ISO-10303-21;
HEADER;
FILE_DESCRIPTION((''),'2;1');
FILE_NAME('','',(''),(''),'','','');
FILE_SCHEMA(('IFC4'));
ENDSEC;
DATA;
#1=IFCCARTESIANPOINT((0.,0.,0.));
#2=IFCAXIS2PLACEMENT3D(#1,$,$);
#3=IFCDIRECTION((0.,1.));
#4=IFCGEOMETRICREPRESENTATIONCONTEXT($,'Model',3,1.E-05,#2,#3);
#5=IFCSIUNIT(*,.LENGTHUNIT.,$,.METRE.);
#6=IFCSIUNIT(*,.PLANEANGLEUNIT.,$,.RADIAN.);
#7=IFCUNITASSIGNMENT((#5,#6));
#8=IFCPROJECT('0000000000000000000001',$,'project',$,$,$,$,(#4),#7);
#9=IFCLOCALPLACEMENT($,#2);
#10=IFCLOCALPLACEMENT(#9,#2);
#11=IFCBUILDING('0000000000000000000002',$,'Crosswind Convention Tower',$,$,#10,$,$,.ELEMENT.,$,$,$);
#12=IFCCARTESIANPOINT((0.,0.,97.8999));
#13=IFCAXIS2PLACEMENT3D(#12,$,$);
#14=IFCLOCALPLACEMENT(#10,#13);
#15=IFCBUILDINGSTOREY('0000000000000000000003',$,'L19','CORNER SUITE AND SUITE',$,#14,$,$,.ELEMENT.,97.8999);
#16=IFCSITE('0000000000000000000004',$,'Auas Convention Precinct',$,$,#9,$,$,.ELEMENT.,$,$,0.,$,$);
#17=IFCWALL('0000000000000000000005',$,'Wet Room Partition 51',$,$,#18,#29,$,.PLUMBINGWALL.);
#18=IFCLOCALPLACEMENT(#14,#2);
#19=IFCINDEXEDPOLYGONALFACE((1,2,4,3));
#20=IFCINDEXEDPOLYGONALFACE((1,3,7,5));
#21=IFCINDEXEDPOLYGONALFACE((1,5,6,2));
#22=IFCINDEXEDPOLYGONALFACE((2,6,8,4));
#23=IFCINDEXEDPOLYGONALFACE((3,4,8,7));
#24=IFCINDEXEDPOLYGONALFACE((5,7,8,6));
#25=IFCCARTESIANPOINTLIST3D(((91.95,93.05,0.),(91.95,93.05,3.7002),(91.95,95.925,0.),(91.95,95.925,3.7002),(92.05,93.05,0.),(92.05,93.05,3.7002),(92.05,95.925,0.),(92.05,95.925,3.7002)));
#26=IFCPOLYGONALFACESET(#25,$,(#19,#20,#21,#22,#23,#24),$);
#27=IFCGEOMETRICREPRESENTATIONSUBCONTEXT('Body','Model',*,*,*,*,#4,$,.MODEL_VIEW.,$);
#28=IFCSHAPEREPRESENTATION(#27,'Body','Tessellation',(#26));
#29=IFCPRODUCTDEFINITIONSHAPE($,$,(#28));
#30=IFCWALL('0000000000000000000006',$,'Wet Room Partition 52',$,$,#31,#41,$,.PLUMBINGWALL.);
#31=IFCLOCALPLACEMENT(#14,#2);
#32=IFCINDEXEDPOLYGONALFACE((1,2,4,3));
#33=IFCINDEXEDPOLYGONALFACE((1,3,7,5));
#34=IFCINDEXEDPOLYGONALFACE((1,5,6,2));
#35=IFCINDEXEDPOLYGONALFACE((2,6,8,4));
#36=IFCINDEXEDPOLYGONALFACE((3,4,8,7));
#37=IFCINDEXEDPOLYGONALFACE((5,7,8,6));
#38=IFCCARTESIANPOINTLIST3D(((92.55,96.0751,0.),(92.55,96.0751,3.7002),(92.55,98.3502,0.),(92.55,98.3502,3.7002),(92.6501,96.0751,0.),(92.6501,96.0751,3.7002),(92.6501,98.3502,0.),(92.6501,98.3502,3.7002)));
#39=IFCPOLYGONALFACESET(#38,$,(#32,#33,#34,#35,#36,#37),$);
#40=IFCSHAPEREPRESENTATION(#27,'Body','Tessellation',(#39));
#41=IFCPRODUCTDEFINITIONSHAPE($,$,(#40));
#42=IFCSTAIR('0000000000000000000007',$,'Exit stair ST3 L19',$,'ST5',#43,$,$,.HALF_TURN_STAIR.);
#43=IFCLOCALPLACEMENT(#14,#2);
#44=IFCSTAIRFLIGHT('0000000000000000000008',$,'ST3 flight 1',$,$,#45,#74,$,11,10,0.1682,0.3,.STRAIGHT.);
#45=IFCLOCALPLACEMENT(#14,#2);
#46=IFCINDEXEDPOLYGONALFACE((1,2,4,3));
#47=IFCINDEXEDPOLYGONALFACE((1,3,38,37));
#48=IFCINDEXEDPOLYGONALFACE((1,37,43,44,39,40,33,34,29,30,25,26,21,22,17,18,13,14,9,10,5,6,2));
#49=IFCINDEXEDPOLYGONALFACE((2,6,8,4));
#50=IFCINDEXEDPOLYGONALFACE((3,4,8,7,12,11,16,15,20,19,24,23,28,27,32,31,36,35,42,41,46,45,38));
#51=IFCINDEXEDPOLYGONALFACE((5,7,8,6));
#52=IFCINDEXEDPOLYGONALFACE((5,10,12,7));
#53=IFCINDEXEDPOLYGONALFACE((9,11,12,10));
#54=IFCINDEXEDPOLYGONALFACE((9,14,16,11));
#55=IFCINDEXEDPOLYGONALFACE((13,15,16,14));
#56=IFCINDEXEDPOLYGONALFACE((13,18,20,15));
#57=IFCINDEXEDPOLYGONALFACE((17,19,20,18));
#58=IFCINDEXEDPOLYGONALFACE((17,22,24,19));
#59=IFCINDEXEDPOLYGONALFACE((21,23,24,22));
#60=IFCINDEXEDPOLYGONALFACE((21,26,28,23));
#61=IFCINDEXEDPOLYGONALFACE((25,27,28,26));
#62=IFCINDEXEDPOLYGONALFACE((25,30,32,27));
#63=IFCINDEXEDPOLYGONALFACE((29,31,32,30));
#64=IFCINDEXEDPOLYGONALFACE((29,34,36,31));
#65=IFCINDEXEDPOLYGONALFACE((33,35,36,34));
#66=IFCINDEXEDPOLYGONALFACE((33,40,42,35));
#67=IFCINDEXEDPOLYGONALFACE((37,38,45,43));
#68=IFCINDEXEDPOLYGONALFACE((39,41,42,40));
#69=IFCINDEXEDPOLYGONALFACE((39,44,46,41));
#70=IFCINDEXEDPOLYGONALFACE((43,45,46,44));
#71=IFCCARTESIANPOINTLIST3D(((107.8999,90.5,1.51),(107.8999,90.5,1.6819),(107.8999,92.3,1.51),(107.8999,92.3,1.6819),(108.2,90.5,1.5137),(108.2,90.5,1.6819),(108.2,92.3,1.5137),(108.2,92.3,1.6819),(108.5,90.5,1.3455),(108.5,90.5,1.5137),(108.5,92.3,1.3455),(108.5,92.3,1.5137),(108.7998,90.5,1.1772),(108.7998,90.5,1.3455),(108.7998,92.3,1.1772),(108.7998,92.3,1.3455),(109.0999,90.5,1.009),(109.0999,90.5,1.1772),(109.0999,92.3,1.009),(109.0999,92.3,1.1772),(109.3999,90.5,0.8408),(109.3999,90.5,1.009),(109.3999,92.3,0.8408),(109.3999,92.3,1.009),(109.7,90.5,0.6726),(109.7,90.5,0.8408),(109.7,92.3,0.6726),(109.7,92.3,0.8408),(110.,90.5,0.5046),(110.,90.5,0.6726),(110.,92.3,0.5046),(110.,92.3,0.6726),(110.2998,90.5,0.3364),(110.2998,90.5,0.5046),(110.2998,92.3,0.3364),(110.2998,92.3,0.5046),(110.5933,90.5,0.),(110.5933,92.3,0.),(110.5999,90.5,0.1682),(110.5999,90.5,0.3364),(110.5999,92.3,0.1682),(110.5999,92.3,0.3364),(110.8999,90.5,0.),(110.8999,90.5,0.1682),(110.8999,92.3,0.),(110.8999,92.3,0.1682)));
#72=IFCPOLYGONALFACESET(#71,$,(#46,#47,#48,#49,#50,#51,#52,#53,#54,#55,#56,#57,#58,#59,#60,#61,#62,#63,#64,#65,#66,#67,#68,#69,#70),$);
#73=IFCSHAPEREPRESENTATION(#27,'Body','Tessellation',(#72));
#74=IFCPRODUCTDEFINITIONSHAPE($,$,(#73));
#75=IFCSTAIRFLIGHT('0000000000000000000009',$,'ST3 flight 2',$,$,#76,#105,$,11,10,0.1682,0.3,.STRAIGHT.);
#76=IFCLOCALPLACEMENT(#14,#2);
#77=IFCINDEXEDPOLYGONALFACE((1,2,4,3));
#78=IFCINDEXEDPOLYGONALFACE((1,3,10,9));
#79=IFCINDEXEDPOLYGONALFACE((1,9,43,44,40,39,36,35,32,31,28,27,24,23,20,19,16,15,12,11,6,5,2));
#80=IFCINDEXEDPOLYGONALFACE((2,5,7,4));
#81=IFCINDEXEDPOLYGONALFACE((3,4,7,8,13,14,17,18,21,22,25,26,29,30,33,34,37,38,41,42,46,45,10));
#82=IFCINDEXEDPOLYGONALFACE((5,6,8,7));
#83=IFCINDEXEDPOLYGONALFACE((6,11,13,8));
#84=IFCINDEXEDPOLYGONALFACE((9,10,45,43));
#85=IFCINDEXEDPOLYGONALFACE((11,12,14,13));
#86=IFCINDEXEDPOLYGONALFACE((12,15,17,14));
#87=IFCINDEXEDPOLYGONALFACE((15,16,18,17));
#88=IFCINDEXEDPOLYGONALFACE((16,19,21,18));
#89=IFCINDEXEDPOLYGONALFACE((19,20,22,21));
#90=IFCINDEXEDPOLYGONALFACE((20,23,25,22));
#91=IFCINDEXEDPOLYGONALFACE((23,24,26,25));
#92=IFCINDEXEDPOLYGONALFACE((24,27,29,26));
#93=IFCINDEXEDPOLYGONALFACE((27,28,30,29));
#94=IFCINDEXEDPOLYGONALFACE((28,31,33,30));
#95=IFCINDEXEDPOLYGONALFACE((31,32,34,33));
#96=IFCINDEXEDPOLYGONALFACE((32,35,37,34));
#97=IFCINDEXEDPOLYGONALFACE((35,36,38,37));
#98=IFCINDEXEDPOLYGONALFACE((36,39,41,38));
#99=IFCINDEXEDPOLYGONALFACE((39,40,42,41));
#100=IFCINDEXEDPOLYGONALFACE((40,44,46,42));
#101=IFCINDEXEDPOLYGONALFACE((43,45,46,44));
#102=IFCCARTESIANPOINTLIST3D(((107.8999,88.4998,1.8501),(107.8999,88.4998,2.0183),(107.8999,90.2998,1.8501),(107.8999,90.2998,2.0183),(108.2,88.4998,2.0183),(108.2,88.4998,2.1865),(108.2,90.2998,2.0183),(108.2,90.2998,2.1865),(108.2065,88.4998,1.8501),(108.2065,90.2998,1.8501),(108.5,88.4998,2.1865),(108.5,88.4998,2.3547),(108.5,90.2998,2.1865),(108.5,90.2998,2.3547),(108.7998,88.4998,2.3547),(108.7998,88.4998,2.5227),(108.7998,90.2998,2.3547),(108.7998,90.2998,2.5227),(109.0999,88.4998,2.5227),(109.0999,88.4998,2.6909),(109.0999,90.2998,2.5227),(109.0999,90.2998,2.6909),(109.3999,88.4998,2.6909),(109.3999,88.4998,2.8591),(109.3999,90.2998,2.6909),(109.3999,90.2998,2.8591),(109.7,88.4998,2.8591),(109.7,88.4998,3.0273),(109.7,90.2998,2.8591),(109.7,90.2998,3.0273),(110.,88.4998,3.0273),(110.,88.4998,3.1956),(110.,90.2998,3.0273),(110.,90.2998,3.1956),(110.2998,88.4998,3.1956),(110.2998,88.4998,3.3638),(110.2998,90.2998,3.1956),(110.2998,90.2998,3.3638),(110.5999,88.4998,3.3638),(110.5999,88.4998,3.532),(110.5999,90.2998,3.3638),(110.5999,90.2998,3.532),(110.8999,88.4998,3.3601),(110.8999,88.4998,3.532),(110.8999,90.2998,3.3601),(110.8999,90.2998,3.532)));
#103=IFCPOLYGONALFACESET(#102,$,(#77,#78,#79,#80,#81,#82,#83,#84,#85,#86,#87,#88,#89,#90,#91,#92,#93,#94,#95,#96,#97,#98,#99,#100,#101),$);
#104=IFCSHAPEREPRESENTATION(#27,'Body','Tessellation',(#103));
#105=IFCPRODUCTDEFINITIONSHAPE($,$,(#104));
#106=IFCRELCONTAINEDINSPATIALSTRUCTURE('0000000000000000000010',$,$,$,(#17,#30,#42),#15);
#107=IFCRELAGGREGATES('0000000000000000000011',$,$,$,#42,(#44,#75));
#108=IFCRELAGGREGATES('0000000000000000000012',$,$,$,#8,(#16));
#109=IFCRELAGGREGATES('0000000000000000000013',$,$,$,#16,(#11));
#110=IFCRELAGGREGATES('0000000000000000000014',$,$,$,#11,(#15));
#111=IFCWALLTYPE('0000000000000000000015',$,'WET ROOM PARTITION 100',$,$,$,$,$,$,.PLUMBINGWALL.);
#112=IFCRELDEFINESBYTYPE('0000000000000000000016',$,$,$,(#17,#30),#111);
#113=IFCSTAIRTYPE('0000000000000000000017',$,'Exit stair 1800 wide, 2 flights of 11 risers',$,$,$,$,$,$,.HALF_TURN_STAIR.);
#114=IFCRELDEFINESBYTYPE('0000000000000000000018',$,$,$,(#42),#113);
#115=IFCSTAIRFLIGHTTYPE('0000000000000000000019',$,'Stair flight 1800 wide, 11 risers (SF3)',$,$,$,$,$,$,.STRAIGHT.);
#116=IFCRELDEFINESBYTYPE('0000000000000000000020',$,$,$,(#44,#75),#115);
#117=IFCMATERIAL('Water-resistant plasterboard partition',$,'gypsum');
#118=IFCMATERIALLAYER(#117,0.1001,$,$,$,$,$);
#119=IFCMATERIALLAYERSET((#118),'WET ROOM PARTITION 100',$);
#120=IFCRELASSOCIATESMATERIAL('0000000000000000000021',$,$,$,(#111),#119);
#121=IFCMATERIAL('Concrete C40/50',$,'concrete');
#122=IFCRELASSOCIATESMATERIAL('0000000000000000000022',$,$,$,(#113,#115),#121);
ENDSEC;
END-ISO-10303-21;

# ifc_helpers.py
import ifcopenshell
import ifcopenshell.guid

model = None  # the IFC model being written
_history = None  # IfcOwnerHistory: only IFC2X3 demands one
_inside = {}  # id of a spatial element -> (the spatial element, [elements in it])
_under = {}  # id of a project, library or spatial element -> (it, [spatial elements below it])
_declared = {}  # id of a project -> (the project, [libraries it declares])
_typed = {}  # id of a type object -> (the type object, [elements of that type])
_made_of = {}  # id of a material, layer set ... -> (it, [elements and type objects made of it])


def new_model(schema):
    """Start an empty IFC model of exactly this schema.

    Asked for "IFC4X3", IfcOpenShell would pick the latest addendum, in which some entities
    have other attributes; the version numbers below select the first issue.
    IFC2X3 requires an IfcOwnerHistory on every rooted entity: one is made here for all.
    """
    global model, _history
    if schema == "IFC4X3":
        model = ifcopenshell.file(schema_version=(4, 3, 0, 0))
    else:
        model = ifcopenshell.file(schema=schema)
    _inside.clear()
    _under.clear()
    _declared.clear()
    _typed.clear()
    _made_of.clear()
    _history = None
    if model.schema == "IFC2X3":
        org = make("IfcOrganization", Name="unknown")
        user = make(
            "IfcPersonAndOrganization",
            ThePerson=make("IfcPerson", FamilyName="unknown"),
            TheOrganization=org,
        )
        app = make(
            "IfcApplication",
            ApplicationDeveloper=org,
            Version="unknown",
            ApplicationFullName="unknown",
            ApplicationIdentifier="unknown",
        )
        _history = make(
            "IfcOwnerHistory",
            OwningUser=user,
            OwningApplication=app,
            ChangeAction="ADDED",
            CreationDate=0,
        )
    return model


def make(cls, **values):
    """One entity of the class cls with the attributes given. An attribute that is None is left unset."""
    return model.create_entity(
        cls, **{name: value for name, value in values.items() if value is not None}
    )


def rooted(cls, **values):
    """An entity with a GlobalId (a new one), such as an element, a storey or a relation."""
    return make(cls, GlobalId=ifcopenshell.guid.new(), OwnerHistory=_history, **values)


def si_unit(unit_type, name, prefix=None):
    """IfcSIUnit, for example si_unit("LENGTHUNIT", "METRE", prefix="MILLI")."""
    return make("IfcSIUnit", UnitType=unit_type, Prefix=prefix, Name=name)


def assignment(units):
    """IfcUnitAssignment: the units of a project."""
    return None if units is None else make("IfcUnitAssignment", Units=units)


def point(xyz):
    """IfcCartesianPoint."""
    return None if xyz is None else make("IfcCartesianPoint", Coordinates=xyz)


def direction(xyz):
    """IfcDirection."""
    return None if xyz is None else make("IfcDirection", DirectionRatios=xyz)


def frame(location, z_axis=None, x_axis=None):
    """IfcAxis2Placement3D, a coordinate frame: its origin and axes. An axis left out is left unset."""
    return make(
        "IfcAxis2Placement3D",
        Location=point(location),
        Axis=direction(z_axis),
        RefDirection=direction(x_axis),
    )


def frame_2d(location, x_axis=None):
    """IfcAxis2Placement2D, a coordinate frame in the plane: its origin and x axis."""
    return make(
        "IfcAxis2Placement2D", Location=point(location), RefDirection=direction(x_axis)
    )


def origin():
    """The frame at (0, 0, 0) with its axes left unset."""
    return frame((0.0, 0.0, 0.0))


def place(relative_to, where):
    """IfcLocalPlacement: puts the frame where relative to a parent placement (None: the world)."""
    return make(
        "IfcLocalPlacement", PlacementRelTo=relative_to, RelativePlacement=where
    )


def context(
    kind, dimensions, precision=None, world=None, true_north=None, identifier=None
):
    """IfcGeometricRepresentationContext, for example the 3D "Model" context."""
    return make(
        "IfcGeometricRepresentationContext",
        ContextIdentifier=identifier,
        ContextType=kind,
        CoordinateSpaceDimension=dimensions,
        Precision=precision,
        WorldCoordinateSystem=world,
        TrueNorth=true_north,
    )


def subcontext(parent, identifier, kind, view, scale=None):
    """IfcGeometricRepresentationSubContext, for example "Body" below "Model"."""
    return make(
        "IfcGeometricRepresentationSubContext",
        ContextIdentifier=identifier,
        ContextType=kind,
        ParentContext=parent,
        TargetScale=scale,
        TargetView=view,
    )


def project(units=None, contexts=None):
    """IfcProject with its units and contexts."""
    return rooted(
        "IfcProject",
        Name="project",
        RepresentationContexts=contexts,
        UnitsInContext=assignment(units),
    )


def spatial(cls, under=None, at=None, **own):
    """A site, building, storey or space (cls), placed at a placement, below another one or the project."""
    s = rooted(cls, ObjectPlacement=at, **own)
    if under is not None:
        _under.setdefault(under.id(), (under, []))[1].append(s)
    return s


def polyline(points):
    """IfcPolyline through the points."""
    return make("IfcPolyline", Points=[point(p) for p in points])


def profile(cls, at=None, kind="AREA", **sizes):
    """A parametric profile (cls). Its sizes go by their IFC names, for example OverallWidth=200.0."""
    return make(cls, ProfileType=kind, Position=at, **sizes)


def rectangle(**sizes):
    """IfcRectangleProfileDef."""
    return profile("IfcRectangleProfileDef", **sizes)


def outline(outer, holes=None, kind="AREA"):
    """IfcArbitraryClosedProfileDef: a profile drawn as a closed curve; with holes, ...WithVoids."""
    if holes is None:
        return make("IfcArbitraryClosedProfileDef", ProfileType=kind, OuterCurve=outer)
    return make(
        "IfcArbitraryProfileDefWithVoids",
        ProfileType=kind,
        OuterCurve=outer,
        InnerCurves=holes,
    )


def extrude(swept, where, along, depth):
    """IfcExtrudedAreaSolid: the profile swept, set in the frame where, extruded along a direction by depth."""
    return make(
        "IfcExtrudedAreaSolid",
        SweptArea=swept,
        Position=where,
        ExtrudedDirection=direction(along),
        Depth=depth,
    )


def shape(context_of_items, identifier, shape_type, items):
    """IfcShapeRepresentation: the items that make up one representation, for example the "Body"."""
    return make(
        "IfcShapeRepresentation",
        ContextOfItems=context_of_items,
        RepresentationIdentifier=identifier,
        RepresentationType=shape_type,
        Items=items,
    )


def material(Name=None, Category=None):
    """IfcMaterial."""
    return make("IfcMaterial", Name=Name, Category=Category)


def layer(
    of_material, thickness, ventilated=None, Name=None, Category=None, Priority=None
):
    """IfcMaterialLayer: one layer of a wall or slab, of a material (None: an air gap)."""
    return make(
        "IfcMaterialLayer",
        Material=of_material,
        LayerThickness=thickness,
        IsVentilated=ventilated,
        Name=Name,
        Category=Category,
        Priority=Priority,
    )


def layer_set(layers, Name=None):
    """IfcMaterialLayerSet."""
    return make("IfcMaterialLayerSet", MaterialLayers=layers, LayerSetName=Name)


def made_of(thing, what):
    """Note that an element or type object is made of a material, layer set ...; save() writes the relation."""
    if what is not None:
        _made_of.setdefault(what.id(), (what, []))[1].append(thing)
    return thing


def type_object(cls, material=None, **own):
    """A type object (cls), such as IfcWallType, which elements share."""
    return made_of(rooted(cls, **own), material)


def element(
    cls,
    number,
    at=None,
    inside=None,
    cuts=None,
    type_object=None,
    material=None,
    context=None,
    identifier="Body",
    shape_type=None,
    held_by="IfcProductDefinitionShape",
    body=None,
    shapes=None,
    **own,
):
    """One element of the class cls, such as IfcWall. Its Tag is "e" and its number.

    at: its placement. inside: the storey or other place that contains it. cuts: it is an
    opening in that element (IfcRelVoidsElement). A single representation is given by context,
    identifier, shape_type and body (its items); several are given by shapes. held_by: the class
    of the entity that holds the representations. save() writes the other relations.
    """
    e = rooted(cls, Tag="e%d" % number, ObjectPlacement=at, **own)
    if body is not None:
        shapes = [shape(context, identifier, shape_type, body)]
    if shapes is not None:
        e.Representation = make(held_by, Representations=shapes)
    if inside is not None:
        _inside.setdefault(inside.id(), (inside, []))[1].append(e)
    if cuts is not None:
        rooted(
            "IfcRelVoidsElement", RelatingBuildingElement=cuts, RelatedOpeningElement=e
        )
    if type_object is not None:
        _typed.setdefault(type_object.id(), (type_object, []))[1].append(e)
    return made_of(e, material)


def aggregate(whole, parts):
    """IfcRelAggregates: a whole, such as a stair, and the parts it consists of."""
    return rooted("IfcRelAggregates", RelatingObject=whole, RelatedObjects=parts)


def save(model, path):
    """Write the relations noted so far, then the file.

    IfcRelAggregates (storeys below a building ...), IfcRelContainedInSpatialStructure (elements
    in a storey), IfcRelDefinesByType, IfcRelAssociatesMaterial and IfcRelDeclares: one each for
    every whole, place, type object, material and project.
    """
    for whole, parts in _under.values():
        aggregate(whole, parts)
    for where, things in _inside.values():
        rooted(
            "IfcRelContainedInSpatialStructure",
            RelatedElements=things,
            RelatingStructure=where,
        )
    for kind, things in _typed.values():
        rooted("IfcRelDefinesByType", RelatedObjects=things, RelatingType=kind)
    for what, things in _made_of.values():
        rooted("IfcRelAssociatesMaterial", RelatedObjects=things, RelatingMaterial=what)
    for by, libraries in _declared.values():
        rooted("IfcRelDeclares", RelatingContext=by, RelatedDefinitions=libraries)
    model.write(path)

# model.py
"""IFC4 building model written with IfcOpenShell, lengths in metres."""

from ifc_helpers import new_model, si_unit, direction, frame, frame_2d, origin, place, context, subcontext, project, spatial, polyline, rectangle, outline, extrude, material, layer, layer_set, type_object, element, aggregate, save


model = new_model("IFC4")

# Units and contexts
model_context = context("Model", 3, precision=1e-05, world=origin(), true_north=direction((0.0, 1.0)))
body_context = subcontext(model_context, "Body", "Model", "MODEL_VIEW")
ifc_project = project(units=[si_unit("LENGTHUNIT", "METRE"), si_unit("PLANEANGLEUNIT", "RADIAN")], contexts=[model_context])

# Site, building, storey
site_placement = place(None, origin())
site = spatial("IfcSite", under=ifc_project, at=site_placement, Name="Auas Convention Precinct", CompositionType="ELEMENT", RefElevation=0.0)
building_placement = place(site_placement, origin())
building = spatial("IfcBuilding", under=site, at=building_placement, Name="Crosswind Convention Tower", CompositionType="ELEMENT")
storey_placement = place(building_placement, frame((0.0, 0.0, 97.8999)))
storey = spatial("IfcBuildingStorey", under=building, at=storey_placement, Name="L19", Description="CORNER SUITE AND SUITE", CompositionType="ELEMENT", Elevation=97.8999)

# Walls
ifc_material_1 = material(Name="Water-resistant plasterboard partition", Category="gypsum")
ifc_layer_1 = layer(ifc_material_1, 0.1001)
ifc_layer_set_1 = layer_set([ifc_layer_1], Name="WET ROOM PARTITION 100")
wall_type_1 = type_object("IfcWallType", Name="WET ROOM PARTITION 100", PredefinedType="PLUMBINGWALL", material=ifc_layer_set_1)
wall_1_placement = place(storey_placement, frame((92.0, 93.05, 0.0), z_axis=(0.0, 0.0, 1.0), x_axis=(0.0, 1.0, 0.0)))
element("IfcWall", 1, at=wall_1_placement, inside=storey, type_object=wall_type_1, Name="Wet Room Partition 51", PredefinedType="PLUMBINGWALL", context=body_context, shape_type="SweptSolid", body=[
    extrude(rectangle(XDim=2.875, YDim=0.1001, at=frame_2d((1.4375, 0.0))), origin(), (0.0, 0.0, 1.0), 3.7002),
])
wall_2_placement = place(storey_placement, frame((92.6001, 96.075, 0.0), z_axis=(0.0, 0.0, 1.0), x_axis=(0.0, 1.0, 0.0)))
element("IfcWall", 2, at=wall_2_placement, inside=storey, type_object=wall_type_1, Name="Wet Room Partition 52", PredefinedType="PLUMBINGWALL", context=body_context, shape_type="SweptSolid", body=[
    extrude(rectangle(XDim=2.2751, YDim=0.1001, at=frame_2d((1.1377, 0.0))), origin(), (0.0, 0.0, 1.0), 3.7002),
])

# Stair, stair flights
ifc_material_2 = material(Name="Concrete C40/50", Category="concrete")
stair_type = type_object("IfcStairType", Name="Exit stair 1800 wide, 2 flights of 11 risers", PredefinedType="HALF_TURN_STAIR", material=ifc_material_2)
stair_placement = place(storey_placement, origin())
stair = element("IfcStair", 3, at=stair_placement, inside=storey, type_object=stair_type, Name="Exit stair ST3 L19", ObjectType="ST5", PredefinedType="HALF_TURN_STAIR")
stair_flight_type = type_object("IfcStairFlightType", Name="Stair flight 1800 wide, 11 risers (SF3)", PredefinedType="STRAIGHT", material=ifc_material_2)
stair_flight_1_placement = place(storey_placement, frame((110.8999, 91.3999, 0.0), z_axis=(0.0, 0.0, 1.0), x_axis=(-1.0, 0.0, 0.0)))
stair_flight_1 = element("IfcStairFlight", 4, at=stair_flight_1_placement, type_object=stair_flight_type, Name="ST3 flight 1", NumberOfRisers=11, NumberOfTreads=10, PredefinedType="STRAIGHT", RiserHeight=0.1682, TreadLength=0.3, context=body_context, shape_type="SweptSolid", body=[
    extrude(outline(polyline([(0.0, 0.0), (0.0, 0.1682), (0.3, 0.1682), (0.3, 0.3364), (0.6001, 0.3364), (0.6001, 0.5046), (0.8999, 0.5046), (0.8999, 0.6726), (1.2, 0.6726), (1.2, 0.8408), (1.5, 0.8408), (1.5, 1.009), (1.8, 1.009), (1.8, 1.1772), (2.1001, 1.1772), (2.1001, 1.3455), (2.3999, 1.3455), (2.3999, 1.5137), (2.7, 1.5137), (2.7, 1.6819), (3.0, 1.6819), (3.0, 1.8501), (3.0, 1.51), (0.3066, 0.0), (0.0, 0.0)])), frame((0.0, 0.8999, 0.0), z_axis=(0.0, -1.0, 0.0), x_axis=(1.0, 0.0, 0.0)), (0.0, 0.0, 1.0), 1.8),
])
stair_flight_2_placement = place(storey_placement, frame((107.8999, 89.3999, 1.8501), z_axis=(0.0, 0.0, 1.0), x_axis=(1.0, 0.0, 0.0)))
stair_flight_2 = element("IfcStairFlight", 5, at=stair_flight_2_placement, type_object=stair_flight_type, Name="ST3 flight 2", NumberOfRisers=11, NumberOfTreads=10, PredefinedType="STRAIGHT", RiserHeight=0.1682, TreadLength=0.3, context=body_context, shape_type="SweptSolid", body=[
    extrude(outline(polyline([(0.0, 0.0), (0.0, 0.1682), (0.3, 0.1682), (0.3, 0.3364), (0.6001, 0.3364), (0.6001, 0.5046), (0.8999, 0.5046), (0.8999, 0.6726), (1.2, 0.6726), (1.2, 0.8408), (1.5, 0.8408), (1.5, 1.009), (1.8, 1.009), (1.8, 1.1772), (2.1001, 1.1772), (2.1001, 1.3455), (2.3999, 1.3455), (2.3999, 1.5137), (2.7, 1.5137), (2.7, 1.6819), (3.0, 1.6819), (3.0, 1.8501), (3.0, 1.51), (0.3066, 0.0), (0.0, 0.0)])), frame((0.0, 0.8999, 0.0), z_axis=(0.0, -1.0, 0.0), x_axis=(1.0, 0.0, 0.0)), (0.0, 0.0, 1.0), 1.8),
])
aggregate(stair, [stair_flight_1, stair_flight_2])

save(model, "model.ifc")
